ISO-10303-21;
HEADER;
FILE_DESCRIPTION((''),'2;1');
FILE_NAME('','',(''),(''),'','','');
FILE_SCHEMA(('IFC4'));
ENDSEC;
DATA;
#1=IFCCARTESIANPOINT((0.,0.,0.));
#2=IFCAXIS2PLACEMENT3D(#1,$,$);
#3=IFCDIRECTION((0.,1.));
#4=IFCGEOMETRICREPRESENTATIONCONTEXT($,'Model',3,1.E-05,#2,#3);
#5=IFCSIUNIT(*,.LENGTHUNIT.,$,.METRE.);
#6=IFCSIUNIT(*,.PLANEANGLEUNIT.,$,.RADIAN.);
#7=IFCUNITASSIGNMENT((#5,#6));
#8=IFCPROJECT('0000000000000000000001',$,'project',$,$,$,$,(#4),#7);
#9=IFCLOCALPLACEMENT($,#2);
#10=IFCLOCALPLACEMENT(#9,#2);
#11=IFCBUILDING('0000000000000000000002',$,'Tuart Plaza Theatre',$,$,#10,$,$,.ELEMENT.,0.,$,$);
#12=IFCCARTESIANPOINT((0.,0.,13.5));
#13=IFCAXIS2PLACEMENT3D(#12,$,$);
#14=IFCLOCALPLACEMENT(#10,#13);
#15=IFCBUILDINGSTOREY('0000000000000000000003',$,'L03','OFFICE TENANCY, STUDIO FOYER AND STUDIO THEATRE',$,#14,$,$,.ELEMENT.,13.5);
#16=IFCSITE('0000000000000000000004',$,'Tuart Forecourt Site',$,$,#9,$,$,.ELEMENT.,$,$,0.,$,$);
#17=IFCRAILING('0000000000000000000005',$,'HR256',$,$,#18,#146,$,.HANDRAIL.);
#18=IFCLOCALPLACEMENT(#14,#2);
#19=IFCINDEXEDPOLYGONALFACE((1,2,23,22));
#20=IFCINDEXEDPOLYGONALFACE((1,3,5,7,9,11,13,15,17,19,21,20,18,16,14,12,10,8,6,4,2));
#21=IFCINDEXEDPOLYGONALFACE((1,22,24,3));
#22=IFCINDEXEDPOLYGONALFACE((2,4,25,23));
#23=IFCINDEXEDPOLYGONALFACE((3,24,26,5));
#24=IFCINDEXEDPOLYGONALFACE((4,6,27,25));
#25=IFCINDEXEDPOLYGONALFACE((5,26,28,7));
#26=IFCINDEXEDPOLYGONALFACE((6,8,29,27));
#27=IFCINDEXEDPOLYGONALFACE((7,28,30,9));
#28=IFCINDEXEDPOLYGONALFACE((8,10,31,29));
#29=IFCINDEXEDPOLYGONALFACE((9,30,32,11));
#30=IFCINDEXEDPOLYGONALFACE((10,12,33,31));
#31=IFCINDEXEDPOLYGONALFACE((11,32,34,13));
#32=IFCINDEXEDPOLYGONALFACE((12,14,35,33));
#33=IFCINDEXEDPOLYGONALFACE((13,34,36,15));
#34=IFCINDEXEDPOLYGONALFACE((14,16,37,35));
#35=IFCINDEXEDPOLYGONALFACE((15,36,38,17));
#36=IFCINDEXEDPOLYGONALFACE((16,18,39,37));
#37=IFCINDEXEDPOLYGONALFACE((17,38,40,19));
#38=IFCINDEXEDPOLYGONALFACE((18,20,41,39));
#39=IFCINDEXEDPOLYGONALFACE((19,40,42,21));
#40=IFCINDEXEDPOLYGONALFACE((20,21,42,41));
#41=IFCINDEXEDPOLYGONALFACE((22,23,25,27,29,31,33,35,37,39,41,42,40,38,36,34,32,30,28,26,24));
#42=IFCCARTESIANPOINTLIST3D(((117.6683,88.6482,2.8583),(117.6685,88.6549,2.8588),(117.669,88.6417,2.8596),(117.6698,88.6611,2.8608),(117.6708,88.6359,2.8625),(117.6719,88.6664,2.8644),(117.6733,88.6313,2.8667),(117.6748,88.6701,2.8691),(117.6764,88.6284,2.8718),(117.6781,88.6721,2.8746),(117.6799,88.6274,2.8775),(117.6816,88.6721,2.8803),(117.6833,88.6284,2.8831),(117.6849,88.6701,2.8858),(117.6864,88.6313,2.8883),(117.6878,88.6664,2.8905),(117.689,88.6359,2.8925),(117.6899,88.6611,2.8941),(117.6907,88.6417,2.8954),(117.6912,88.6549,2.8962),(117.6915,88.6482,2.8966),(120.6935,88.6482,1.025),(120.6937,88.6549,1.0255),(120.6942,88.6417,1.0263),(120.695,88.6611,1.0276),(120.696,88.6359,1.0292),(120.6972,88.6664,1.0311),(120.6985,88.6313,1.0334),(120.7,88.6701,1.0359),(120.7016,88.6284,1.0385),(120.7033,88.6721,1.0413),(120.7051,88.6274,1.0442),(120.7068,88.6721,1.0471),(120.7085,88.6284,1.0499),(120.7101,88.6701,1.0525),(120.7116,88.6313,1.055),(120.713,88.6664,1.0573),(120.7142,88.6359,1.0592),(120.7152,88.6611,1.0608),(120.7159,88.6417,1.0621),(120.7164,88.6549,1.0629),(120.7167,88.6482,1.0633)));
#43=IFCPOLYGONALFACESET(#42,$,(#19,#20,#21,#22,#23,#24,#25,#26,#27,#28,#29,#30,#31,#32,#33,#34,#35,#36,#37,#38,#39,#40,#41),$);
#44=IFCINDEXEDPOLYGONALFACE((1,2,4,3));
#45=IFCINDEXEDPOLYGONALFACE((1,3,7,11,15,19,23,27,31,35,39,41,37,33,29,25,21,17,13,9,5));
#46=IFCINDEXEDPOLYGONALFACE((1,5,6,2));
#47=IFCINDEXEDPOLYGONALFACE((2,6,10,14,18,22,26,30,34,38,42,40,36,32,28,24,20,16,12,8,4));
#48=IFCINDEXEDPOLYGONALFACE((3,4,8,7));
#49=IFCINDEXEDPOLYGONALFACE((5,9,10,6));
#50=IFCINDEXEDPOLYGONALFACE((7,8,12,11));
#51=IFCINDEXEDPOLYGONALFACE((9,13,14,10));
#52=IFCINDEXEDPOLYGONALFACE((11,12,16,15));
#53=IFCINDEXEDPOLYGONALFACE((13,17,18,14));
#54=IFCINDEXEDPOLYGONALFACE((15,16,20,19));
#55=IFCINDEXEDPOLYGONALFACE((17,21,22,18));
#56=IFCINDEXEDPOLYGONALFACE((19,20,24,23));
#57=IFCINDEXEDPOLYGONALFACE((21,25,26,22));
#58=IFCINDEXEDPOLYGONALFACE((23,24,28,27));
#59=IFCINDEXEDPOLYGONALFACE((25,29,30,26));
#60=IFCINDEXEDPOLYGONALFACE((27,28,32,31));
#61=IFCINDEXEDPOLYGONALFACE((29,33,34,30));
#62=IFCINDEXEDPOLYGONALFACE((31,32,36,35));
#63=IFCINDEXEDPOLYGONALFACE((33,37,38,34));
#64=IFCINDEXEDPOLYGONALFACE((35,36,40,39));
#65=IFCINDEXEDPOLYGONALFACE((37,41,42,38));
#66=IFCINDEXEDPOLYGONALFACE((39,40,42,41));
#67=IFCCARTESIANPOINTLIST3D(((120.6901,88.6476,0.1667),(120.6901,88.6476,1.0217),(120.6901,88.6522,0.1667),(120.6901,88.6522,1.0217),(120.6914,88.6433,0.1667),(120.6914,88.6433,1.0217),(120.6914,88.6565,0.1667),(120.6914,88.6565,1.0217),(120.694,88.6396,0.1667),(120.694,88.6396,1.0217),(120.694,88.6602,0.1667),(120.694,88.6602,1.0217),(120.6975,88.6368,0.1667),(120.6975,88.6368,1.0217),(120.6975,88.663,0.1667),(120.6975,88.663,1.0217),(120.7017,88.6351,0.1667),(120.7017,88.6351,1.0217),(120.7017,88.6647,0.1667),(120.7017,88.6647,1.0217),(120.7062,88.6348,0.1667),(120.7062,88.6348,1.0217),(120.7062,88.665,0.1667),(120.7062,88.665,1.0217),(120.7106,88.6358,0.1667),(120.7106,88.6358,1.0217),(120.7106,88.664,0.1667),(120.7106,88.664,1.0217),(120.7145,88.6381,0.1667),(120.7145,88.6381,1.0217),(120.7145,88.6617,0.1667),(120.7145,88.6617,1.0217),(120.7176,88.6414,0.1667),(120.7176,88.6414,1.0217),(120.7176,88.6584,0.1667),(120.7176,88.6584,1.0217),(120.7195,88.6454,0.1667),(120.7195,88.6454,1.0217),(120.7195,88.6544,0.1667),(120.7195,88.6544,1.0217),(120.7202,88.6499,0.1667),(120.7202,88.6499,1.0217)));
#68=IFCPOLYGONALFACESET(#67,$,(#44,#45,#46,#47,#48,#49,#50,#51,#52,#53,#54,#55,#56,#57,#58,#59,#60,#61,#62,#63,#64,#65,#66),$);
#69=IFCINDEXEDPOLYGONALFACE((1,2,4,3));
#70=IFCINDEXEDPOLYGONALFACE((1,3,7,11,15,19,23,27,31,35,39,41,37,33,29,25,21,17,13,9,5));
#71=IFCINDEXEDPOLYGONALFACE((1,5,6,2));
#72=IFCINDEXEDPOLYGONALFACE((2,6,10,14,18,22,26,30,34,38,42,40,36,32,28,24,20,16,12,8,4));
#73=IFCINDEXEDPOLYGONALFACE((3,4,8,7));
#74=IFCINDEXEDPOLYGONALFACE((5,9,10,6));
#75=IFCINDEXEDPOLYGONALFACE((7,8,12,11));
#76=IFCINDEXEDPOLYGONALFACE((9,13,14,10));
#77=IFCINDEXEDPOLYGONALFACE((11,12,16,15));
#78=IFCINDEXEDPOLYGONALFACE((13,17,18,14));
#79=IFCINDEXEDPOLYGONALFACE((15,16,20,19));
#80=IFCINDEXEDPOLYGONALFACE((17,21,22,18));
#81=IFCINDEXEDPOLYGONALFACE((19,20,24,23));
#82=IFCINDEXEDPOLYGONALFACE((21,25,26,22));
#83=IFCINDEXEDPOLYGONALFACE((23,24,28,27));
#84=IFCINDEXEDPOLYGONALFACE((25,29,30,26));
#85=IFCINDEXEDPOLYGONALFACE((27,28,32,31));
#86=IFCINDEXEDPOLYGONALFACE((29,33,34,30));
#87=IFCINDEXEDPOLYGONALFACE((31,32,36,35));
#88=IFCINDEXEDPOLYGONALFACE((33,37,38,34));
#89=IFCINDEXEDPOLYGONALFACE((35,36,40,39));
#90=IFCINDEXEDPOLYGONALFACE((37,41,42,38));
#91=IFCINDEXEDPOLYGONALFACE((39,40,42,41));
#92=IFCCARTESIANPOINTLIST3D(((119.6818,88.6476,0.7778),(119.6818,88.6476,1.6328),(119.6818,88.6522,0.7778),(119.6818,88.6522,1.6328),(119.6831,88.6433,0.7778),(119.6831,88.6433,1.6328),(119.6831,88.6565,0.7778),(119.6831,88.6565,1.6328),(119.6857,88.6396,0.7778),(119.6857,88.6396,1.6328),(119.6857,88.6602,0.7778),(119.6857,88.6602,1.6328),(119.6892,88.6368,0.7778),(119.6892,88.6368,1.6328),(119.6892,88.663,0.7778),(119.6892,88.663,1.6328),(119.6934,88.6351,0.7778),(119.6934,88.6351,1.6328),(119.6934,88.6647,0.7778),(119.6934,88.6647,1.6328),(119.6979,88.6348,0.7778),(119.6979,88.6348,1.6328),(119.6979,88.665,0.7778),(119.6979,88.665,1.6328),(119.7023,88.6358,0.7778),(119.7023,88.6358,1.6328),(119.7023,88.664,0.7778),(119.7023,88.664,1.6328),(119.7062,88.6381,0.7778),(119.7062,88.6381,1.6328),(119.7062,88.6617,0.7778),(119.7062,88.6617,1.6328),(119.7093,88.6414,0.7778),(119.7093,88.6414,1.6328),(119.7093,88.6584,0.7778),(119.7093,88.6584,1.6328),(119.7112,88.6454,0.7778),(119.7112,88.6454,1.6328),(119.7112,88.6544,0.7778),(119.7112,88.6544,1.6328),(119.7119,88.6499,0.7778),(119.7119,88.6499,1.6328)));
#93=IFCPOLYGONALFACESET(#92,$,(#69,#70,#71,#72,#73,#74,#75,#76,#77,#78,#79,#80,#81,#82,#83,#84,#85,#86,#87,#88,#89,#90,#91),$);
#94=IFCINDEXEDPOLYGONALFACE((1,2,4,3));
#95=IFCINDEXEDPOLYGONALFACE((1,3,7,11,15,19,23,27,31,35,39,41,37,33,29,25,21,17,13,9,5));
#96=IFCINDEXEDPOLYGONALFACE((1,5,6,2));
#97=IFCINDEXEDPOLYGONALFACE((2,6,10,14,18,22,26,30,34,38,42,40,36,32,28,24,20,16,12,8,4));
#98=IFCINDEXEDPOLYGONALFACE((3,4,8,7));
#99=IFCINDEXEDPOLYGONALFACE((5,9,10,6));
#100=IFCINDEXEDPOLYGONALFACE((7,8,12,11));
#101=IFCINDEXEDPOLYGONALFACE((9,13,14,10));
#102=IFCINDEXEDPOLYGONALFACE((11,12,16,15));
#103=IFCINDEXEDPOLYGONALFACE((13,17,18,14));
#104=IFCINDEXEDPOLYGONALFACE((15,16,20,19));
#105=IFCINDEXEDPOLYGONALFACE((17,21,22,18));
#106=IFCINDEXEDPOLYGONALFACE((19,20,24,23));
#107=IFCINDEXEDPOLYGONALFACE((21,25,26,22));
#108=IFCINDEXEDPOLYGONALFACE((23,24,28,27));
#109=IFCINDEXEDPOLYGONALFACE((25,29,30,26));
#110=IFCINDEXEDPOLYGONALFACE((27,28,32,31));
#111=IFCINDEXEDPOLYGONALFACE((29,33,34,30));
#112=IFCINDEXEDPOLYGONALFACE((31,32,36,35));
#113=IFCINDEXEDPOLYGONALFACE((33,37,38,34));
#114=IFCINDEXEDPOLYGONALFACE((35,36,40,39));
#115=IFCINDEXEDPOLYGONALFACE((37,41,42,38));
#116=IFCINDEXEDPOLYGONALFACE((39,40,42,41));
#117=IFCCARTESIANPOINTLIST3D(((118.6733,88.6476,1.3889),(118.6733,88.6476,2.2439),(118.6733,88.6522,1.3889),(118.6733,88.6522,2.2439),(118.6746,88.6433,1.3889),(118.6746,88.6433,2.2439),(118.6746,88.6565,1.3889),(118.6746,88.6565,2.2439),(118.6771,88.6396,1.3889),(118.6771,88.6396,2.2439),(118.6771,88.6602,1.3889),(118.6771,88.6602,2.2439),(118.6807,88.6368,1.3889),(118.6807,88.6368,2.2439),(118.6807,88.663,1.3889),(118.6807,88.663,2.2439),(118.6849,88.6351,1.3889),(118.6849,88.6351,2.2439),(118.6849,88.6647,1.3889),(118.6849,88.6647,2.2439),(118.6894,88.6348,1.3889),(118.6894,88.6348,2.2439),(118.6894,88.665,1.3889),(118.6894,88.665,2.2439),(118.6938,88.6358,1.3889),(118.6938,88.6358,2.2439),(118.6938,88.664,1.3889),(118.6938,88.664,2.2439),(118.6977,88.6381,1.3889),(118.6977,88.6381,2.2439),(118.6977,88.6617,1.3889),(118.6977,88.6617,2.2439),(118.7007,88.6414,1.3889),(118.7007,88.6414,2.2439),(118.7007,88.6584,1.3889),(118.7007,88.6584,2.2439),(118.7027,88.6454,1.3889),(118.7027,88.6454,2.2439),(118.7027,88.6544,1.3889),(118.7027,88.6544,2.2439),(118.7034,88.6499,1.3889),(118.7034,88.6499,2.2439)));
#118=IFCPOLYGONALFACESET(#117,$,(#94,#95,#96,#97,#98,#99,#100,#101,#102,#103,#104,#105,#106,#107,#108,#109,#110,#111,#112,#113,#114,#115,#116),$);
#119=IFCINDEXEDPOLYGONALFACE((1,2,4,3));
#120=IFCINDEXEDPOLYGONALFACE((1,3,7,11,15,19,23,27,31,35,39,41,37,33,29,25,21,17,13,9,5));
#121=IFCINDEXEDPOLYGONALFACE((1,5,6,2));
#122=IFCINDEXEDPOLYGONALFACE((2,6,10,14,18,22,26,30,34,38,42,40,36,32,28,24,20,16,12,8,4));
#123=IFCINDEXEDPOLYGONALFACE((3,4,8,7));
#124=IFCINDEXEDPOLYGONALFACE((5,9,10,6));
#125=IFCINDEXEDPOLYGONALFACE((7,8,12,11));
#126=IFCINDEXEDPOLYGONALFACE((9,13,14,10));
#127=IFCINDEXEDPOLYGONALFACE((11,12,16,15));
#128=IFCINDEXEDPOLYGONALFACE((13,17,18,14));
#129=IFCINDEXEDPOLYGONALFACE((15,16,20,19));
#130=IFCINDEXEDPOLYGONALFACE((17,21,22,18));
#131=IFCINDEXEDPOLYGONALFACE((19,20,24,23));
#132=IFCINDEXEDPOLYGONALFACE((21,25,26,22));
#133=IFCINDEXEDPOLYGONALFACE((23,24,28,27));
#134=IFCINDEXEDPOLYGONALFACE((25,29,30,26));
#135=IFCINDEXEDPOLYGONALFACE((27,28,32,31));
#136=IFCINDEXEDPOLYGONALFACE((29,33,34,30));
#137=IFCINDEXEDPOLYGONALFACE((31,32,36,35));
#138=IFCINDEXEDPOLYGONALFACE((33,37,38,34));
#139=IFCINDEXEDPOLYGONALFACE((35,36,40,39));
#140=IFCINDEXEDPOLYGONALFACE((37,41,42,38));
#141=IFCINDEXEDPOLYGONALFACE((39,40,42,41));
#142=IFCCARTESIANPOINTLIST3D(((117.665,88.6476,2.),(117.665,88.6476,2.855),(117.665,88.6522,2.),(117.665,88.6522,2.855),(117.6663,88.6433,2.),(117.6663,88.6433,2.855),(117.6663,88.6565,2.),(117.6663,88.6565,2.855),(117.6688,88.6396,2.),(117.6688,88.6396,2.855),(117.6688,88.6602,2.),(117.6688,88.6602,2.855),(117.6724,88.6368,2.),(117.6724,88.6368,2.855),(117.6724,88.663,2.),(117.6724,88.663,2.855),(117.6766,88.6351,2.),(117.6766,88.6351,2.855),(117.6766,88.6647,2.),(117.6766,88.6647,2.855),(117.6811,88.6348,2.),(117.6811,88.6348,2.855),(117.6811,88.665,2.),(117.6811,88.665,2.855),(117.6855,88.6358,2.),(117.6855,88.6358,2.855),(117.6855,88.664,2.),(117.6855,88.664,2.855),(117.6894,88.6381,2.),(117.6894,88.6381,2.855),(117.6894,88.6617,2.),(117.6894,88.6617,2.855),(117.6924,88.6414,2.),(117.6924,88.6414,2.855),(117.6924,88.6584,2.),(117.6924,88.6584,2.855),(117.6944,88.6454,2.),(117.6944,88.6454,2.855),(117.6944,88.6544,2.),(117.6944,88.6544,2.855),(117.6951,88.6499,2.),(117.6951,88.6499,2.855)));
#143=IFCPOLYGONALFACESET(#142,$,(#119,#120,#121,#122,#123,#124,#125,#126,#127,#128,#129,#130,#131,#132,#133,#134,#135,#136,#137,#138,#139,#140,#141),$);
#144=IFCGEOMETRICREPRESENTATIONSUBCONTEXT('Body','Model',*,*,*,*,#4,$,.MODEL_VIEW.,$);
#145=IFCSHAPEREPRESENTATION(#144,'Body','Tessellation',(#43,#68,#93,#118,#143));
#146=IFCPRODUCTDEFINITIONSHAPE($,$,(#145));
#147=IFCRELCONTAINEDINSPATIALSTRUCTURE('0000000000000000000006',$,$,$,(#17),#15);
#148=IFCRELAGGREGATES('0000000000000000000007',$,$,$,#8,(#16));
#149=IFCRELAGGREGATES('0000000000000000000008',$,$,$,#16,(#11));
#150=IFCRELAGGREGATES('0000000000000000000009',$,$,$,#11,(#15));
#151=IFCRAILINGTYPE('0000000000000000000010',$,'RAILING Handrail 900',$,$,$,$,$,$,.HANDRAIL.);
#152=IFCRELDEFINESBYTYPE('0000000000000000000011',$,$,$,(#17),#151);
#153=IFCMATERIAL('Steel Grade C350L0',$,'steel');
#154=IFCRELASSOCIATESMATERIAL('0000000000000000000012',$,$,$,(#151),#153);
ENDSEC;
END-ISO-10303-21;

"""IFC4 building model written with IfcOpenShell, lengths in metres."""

from ifc_helpers import new_model, si_unit, direction, frame, origin, origin_2d, place, context, subcontext, project, spatial, circle, extrude, material, type_object, element, save


model = new_model("IFC4")

# Units and contexts
model_context = context("Model", 3, precision=1e-05, world=origin(), true_north=direction((0.0, 1.0)))
body_context = subcontext(model_context, "Body", "Model", "MODEL_VIEW")
ifc_project = project(units=[si_unit("LENGTHUNIT", "METRE"), si_unit("PLANEANGLEUNIT", "RADIAN")], contexts=[model_context])

# Site, building, storey
site_placement = place(None, origin())
site = spatial("IfcSite", under=ifc_project, at=site_placement, Name="Tuart Forecourt Site", CompositionType="ELEMENT", RefElevation=0.0)
building_placement = place(site_placement, origin())
building = spatial("IfcBuilding", under=site, at=building_placement, Name="Tuart Plaza Theatre", CompositionType="ELEMENT", ElevationOfRefHeight=0.0)
storey_placement = place(building_placement, frame((0.0, 0.0, 13.5)))
storey = spatial("IfcBuildingStorey", under=building, at=storey_placement, Name="L03", Description="OFFICE TENANCY, STUDIO FOYER AND STUDIO THEATRE", CompositionType="ELEMENT", Elevation=13.5)

# Railing
ifc_material_1 = material(Name="Steel Grade C350L0", Category="steel")
railing_type_1 = type_object("IfcRailingType", Name="RAILING Handrail 900", PredefinedType="HANDRAIL", material=ifc_material_1)
for number, where, name in (
    (1, (120.7051, 88.6499, 0.1667), "HR256"),
):
    element("IfcRailing", number, at=place(storey_placement, frame(where)), inside=storey, type_object=railing_type_1, Name=name, PredefinedType="HANDRAIL", context=body_context, shape_type="SweptSolid", body=[
        extrude(circle(Radius=0.0225, at=origin_2d()), frame((0.0, 0.0, 0.8774), z_axis=(-0.855219, 0.0, 0.518267), x_axis=(0.0, -1.0, 0.0)), (0.0, 0.0, 1.0), 3.5374),
        extrude(circle(Radius=0.0151, at=origin_2d()), origin(), (0.0, 0.0, 1.0), 0.855),
        extrude(circle(Radius=0.0151, at=origin_2d()), frame((-1.0083, 0.0, 0.6111)), (0.0, 0.0, 1.0), 0.855),
        extrude(circle(Radius=0.0151, at=origin_2d()), frame((-2.0168, 0.0, 1.2222)), (0.0, 0.0, 1.0), 0.855),
        extrude(circle(Radius=0.0151, at=origin_2d()), frame((-3.0251, 0.0, 1.8333)), (0.0, 0.0, 1.0), 0.855),
    ])

save(model, "model.ifc")
